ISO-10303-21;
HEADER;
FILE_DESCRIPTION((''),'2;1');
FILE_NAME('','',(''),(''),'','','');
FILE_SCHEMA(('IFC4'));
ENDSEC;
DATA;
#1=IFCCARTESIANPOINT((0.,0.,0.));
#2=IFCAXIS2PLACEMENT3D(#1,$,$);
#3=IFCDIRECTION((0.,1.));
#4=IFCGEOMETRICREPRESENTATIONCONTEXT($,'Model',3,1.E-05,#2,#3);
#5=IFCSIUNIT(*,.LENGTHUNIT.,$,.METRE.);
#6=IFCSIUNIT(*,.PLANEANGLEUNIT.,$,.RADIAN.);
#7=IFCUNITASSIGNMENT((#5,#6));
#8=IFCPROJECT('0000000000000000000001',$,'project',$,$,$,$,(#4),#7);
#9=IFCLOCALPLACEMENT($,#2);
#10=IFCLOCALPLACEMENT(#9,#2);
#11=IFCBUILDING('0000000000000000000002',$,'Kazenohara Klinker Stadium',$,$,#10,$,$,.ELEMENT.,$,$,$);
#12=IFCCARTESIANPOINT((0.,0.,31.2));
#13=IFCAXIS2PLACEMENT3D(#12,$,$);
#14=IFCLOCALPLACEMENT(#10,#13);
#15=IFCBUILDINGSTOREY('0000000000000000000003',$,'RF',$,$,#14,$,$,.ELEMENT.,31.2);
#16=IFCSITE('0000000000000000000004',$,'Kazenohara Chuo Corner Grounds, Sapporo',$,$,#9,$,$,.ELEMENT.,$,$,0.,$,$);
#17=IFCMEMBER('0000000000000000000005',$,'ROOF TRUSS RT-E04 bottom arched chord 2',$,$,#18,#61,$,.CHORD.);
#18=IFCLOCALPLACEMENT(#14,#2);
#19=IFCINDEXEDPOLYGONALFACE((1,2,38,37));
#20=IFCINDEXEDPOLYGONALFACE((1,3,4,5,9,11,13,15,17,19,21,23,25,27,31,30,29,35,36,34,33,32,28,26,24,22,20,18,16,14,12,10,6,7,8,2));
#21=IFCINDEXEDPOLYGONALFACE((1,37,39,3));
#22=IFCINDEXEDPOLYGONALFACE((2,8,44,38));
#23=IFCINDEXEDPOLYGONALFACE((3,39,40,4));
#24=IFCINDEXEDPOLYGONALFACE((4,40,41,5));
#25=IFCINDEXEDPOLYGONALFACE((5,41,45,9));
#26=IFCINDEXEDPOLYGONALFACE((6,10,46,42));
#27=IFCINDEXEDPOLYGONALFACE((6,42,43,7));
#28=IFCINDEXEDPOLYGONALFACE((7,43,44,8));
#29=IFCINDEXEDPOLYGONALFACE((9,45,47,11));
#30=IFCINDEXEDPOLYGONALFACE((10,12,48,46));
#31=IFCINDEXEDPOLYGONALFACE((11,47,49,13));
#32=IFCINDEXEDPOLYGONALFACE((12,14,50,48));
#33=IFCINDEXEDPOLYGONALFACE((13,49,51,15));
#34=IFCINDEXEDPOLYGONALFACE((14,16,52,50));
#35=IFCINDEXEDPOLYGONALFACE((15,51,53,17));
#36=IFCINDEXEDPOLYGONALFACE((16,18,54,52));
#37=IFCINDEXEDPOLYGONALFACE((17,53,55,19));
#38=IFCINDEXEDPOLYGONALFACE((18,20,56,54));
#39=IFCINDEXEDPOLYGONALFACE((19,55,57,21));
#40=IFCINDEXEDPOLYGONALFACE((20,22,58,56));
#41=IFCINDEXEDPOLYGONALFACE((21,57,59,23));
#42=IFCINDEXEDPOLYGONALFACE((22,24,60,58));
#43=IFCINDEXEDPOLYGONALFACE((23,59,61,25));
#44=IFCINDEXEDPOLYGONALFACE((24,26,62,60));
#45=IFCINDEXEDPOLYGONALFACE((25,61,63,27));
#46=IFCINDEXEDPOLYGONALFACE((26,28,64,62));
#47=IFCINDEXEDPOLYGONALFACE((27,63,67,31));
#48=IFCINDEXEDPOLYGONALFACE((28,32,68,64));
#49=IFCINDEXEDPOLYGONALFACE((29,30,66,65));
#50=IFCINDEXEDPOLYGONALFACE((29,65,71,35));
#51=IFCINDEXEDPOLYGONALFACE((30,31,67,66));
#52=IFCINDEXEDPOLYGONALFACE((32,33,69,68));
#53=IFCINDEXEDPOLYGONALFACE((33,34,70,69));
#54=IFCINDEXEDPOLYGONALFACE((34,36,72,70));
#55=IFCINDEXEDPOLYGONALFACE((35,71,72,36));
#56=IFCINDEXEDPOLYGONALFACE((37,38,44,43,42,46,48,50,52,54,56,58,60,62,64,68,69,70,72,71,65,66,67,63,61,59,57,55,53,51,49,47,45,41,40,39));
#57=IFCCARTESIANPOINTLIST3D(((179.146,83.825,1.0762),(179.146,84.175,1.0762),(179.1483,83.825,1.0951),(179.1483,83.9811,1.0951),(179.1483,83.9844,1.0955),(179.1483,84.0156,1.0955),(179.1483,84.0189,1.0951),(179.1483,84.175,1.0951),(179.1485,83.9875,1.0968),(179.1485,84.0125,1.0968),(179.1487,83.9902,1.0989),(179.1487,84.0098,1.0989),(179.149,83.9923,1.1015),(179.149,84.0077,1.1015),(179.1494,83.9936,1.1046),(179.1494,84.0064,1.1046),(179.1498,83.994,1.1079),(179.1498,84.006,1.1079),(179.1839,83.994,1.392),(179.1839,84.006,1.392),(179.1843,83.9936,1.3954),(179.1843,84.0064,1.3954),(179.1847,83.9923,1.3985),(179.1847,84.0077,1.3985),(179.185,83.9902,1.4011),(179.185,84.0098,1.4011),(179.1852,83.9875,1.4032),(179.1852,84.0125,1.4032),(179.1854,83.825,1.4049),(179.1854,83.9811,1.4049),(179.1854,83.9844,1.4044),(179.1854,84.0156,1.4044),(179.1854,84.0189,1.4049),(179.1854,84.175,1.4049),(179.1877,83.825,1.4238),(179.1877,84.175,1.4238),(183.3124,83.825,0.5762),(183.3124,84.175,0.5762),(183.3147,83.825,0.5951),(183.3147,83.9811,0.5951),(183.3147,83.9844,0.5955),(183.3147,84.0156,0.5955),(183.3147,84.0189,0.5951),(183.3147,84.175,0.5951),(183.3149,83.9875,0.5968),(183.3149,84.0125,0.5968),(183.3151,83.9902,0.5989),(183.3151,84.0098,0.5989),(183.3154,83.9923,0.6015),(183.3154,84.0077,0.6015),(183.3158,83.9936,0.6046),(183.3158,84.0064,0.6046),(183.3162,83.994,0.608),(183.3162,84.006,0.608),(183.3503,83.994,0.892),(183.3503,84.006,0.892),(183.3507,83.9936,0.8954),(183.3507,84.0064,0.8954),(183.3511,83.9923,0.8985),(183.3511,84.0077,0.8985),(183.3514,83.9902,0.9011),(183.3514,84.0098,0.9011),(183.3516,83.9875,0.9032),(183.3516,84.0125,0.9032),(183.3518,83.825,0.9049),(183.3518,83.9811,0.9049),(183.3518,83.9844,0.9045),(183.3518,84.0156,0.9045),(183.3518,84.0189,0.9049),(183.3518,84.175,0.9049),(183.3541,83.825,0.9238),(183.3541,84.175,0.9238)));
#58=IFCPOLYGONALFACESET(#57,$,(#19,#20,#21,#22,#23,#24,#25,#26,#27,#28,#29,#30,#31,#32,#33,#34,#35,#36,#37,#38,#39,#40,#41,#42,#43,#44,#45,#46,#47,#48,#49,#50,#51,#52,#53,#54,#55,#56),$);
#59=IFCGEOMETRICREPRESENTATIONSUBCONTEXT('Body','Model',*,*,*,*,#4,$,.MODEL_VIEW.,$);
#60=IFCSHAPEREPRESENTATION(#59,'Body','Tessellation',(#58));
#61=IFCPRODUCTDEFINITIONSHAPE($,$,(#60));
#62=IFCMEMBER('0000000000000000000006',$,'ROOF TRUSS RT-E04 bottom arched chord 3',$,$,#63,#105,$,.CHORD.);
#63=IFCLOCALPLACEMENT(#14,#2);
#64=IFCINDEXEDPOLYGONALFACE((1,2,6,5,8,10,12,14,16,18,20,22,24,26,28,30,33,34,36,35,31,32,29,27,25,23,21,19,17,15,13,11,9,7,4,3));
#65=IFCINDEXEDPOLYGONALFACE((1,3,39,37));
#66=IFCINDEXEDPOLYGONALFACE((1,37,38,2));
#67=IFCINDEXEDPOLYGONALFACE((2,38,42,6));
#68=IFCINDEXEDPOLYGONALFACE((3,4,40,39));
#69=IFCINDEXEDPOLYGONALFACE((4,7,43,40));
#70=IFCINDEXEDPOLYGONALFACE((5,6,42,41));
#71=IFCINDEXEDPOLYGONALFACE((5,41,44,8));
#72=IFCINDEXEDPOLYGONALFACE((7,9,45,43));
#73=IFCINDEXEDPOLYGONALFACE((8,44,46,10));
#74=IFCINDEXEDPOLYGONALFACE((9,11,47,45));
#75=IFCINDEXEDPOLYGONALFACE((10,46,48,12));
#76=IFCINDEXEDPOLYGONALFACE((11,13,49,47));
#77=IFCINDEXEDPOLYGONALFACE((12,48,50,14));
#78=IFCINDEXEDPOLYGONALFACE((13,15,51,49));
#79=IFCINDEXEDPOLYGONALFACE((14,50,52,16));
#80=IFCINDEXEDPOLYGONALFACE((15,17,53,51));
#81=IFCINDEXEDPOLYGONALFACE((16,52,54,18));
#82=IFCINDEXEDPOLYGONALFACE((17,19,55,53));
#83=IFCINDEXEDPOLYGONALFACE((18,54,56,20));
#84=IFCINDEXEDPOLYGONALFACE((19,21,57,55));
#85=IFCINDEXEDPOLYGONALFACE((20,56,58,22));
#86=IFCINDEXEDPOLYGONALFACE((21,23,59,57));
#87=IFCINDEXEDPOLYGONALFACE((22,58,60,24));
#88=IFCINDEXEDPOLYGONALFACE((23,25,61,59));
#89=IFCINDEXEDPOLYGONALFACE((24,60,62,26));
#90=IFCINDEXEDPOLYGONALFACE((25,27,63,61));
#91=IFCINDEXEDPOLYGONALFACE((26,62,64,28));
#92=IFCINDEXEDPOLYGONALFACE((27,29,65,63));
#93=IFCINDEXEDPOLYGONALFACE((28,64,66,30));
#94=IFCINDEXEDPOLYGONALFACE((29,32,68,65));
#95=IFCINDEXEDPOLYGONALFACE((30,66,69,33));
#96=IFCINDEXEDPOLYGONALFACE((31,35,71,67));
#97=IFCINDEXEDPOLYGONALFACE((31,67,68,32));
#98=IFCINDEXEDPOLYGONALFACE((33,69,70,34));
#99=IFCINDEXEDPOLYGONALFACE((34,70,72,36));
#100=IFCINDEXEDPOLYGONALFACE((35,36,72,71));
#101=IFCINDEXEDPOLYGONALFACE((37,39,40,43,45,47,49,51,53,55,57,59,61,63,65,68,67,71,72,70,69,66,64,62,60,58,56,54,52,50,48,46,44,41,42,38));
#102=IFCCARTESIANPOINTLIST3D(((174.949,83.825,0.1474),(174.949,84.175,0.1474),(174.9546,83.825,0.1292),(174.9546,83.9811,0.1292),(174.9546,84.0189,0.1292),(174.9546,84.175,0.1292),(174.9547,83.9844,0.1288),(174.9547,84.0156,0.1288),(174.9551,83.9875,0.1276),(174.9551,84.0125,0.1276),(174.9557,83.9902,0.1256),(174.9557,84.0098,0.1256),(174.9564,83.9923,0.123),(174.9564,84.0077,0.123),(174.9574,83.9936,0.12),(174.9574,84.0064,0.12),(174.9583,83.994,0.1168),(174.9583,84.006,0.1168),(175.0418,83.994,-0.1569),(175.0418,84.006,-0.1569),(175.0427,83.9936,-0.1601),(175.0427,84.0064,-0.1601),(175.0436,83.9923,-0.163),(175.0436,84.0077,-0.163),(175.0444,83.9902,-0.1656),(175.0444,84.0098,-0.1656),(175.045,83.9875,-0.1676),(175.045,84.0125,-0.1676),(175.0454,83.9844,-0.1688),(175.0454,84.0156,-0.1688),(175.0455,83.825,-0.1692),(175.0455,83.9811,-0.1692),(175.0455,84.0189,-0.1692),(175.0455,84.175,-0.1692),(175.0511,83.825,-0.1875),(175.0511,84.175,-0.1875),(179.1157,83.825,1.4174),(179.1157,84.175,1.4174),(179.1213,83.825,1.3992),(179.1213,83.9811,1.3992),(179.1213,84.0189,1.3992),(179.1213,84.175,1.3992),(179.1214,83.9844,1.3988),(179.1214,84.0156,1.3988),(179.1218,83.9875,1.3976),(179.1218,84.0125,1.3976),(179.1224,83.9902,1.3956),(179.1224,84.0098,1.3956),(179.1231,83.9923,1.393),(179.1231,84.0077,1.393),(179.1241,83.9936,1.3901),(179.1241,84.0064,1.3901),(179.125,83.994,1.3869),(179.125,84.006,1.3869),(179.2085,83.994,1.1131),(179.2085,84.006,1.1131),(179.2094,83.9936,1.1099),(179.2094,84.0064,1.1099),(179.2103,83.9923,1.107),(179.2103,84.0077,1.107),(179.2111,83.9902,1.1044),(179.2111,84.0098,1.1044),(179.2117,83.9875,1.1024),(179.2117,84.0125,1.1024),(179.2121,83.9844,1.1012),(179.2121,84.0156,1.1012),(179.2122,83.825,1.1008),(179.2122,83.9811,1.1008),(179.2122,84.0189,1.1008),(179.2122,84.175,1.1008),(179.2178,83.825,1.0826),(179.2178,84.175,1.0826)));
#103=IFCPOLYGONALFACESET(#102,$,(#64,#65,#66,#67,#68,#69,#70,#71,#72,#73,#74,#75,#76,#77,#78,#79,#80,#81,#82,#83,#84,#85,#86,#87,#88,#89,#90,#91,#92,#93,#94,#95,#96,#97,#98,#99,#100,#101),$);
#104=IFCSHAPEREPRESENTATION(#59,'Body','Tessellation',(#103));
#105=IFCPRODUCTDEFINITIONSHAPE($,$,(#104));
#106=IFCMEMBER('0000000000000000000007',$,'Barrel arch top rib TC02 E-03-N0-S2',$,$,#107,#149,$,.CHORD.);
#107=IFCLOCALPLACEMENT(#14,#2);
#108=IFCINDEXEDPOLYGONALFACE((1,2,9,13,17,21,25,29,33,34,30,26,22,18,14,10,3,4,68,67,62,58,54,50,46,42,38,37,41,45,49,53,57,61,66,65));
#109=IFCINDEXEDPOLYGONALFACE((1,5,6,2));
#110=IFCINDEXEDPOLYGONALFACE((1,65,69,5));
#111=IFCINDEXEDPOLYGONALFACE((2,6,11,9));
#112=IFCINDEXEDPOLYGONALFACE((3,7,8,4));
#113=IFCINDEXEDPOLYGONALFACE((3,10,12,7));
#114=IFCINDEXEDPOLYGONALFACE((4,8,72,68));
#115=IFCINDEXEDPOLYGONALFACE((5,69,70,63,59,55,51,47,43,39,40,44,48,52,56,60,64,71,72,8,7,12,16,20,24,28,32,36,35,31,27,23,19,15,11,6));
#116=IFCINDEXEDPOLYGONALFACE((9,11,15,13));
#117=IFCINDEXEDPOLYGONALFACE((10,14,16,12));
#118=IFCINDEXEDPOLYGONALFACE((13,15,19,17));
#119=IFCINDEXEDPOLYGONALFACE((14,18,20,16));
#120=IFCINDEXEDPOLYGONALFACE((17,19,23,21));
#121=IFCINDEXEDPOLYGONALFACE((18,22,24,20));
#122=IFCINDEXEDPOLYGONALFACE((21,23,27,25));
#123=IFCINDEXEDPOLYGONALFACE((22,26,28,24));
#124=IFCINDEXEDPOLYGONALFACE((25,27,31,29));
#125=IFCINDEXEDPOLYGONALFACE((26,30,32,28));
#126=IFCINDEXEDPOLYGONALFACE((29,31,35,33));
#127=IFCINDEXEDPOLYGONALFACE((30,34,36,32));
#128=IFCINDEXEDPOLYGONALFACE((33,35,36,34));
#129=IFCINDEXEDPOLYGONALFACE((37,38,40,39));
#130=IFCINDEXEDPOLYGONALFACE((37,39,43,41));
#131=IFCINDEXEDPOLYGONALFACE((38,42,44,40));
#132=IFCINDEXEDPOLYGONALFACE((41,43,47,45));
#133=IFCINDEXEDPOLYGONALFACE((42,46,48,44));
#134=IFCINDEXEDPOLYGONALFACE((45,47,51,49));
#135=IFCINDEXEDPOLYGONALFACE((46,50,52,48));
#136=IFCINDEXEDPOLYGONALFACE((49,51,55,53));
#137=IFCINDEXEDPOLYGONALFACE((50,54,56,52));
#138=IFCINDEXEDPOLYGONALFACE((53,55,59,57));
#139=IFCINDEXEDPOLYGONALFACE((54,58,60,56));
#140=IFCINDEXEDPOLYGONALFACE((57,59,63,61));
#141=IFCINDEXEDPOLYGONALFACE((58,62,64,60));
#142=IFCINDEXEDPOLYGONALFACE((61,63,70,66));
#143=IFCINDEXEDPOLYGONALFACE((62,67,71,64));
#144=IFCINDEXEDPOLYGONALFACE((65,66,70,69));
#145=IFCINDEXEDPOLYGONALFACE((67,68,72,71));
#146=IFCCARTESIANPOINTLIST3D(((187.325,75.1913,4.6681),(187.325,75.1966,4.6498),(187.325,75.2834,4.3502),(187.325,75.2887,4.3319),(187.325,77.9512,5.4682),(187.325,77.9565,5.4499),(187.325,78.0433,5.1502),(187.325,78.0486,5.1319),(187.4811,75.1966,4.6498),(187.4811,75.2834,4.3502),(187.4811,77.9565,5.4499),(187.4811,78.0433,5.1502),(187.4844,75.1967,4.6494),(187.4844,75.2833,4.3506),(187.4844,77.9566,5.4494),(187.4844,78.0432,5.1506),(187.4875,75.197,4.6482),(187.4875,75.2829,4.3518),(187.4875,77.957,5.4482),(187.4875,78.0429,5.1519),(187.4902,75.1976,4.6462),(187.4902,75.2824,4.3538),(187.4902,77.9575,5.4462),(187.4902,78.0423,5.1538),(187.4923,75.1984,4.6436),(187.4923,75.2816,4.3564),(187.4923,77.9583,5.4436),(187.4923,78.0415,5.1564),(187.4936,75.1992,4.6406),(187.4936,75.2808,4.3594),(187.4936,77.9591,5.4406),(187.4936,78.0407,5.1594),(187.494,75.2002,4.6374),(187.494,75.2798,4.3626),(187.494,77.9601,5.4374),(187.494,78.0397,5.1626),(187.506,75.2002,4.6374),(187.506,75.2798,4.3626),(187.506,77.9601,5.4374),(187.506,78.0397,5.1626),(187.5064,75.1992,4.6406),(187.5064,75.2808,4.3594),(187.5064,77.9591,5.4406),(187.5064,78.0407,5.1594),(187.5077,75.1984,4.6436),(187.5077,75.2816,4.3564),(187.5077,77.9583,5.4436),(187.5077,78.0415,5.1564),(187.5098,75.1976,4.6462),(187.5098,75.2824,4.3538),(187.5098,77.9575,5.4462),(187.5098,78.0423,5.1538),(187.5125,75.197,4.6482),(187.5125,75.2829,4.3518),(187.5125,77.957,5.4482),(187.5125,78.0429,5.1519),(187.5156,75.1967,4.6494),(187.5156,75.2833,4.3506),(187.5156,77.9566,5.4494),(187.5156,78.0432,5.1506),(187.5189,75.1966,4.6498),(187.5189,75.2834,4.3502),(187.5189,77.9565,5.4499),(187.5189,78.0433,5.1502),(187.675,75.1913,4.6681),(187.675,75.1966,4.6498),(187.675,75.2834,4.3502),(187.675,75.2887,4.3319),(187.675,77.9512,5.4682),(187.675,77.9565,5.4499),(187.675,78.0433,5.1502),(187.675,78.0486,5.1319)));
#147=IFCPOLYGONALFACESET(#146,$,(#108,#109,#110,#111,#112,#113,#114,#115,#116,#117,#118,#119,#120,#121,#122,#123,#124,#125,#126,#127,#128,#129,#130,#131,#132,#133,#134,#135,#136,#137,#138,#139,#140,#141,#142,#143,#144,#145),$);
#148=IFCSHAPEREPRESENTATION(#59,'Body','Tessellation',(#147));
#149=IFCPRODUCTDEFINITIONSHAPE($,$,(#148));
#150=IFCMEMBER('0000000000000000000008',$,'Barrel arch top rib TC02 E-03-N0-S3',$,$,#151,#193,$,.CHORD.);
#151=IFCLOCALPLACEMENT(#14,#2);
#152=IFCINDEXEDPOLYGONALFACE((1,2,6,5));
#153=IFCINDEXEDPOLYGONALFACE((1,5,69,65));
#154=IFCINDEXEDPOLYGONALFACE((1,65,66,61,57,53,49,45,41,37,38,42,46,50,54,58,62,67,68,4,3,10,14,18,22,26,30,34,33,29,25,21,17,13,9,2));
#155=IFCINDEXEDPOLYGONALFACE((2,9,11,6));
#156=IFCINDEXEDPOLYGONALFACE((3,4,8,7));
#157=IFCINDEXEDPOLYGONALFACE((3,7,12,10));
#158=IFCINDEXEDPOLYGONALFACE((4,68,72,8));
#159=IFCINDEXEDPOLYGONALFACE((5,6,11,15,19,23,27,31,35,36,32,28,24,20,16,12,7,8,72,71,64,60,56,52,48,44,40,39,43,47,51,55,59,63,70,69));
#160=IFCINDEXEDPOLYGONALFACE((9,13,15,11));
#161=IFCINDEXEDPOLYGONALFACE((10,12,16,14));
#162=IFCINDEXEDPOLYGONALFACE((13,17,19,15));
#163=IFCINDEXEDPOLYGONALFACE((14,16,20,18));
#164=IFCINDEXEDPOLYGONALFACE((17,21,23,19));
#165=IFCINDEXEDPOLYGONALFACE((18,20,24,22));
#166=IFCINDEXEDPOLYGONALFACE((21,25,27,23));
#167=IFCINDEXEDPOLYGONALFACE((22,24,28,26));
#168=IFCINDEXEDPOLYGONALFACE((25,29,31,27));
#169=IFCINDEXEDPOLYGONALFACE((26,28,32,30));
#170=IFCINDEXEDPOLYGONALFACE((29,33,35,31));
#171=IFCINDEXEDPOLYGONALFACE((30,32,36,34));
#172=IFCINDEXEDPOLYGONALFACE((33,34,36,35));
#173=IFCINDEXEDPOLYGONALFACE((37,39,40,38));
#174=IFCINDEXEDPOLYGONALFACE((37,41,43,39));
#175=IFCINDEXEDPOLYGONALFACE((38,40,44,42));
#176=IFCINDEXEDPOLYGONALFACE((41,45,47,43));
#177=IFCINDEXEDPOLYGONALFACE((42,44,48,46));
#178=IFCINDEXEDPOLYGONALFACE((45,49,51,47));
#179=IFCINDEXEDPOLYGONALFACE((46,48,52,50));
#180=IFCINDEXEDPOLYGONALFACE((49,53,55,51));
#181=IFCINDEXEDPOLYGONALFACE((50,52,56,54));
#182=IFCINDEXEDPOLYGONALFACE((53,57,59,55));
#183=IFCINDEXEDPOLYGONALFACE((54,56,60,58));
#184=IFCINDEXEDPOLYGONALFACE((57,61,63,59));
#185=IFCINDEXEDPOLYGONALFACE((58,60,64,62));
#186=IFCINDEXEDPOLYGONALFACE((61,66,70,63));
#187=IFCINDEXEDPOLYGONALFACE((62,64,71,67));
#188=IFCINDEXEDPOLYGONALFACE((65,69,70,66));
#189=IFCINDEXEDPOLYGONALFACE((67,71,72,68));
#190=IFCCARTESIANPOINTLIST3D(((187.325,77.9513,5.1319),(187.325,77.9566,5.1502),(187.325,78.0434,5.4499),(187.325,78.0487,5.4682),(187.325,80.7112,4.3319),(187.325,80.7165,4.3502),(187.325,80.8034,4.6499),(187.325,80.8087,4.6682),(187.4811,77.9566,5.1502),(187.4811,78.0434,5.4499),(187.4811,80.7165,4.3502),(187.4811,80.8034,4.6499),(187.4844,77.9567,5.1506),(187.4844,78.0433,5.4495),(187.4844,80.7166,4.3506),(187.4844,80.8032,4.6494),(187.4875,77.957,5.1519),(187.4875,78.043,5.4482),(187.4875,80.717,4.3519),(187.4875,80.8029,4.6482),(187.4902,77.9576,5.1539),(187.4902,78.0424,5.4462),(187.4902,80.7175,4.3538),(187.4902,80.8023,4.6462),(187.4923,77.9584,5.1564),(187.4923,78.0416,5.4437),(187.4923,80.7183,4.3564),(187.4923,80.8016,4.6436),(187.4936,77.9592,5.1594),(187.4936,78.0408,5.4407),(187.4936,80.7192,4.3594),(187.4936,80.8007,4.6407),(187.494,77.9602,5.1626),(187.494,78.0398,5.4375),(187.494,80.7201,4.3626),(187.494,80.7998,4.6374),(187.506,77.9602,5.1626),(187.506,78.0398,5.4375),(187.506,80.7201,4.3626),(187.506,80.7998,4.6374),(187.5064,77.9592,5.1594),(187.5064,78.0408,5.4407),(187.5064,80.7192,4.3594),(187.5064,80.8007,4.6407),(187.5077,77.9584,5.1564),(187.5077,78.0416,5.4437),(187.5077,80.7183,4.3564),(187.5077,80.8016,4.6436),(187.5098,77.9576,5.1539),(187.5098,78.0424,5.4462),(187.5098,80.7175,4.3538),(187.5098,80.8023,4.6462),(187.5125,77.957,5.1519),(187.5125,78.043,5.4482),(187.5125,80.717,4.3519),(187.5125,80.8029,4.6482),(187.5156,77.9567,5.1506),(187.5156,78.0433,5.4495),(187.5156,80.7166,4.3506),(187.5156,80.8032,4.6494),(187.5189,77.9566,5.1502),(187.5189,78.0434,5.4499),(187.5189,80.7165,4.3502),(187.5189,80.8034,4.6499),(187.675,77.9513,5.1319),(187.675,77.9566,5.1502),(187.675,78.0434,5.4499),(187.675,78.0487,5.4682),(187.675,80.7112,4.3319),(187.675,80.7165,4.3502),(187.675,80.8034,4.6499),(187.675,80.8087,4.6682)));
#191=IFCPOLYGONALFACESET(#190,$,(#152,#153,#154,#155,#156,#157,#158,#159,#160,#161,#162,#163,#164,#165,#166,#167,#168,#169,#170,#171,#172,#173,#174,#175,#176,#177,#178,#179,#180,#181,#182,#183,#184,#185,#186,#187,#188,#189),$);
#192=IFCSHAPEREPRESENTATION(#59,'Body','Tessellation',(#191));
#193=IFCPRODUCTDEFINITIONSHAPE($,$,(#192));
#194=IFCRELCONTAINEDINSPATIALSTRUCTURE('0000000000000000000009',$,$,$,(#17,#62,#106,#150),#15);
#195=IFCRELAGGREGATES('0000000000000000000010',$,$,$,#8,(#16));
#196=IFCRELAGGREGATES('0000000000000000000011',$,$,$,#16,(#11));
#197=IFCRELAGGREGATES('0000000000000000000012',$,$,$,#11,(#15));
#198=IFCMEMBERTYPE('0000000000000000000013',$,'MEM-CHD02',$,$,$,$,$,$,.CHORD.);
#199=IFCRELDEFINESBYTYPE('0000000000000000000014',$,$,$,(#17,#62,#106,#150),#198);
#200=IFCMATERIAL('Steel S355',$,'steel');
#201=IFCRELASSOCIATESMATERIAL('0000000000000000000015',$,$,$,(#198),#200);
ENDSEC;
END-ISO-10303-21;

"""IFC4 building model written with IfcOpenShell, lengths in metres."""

from ifc_helpers import new_model, si_unit, direction, frame, origin, origin_2d, place, context, subcontext, project, spatial, i_section, extrude, material, material_profile, profile_set, type_object, element, save


model = new_model("IFC4")

# Units and contexts
model_context = context("Model", 3, precision=1e-05, world=origin(), true_north=direction((0.0, 1.0)))
body_context = subcontext(model_context, "Body", "Model", "MODEL_VIEW")
ifc_project = project(units=[si_unit("LENGTHUNIT", "METRE"), si_unit("PLANEANGLEUNIT", "RADIAN")], contexts=[model_context])

# Site, building, storey
site_placement = place(None, origin())
site = spatial("IfcSite", under=ifc_project, at=site_placement, Name="Kazenohara Chuo Corner Grounds, Sapporo", CompositionType="ELEMENT", RefElevation=0.0)
building_placement = place(site_placement, origin())
building = spatial("IfcBuilding", under=site, at=building_placement, Name="Kazenohara Klinker Stadium", CompositionType="ELEMENT")
storey_placement = place(building_placement, frame((0.0, 0.0, 31.2)))
storey = spatial("IfcBuildingStorey", under=building, at=storey_placement, Name="RF", CompositionType="ELEMENT", Elevation=31.2)

# Members
ifc_material_1 = material(Name="Steel S355", Category="steel")
ifc_material_profile_1 = material_profile(ifc_material_1, i_section(OverallWidth=0.3501, OverallDepth=0.3501, WebThickness=0.012, FlangeThickness=0.019, FilletRadius=0.0129, at=origin_2d()), Name="H-350x350x12x19")
ifc_profile_set_1 = profile_set([ifc_material_profile_1], Name="Steel S355")
member_type_1 = type_object("IfcMemberType", Name="MEM-CHD02", PredefinedType="CHORD", material=ifc_profile_set_1)
member_1_placement = place(storey_placement, frame((183.3333, 84.0, 0.75), z_axis=(-0.992876, 0.0, 0.11915), x_axis=(0.0, -1.0, 0.0)))
element("IfcMember", 1, at=member_1_placement, inside=storey, type_object=member_type_1, Name="ROOF TRUSS RT-E04 bottom arched chord 2", PredefinedType="CHORD", context=body_context, shape_type="SweptSolid", body=[
    extrude(i_section(OverallWidth=0.3501, OverallDepth=0.3501, WebThickness=0.012, FlangeThickness=0.019, FilletRadius=0.0129, at=origin_2d()), origin(), (0.0, 0.0, 1.0), 4.1963),
])
member_2_placement = place(storey_placement, frame((179.1667, 84.0, 1.25), z_axis=(-0.956554, 0.0, -0.291556), x_axis=(0.0, -1.0, 0.0)))
element("IfcMember", 2, at=member_2_placement, inside=storey, type_object=member_type_1, Name="ROOF TRUSS RT-E04 bottom arched chord 3", PredefinedType="CHORD", context=body_context, shape_type="SweptSolid", body=[
    extrude(i_section(OverallWidth=0.3501, OverallDepth=0.3501, WebThickness=0.012, FlangeThickness=0.019, FilletRadius=0.0129, at=origin_2d()), origin(), (0.0, 0.0, 1.0), 4.356),
])
for number, where, z_axis, x_axis, name in (
    (3, (187.5, 75.24, 4.5), (0.0, 0.960462, 0.278411), (-1.0, 0.0, 0.0), "Barrel arch top rib TC02 E-03-N0-S2"),
    (4, (187.5, 78.0, 5.3), (0.0, 0.960462, -0.278411), (-1.0, 0.0, 0.0), "Barrel arch top rib TC02 E-03-N0-S3"),
):
    element("IfcMember", number, at=place(storey_placement, frame(where, z_axis=z_axis, x_axis=x_axis)), inside=storey, type_object=member_type_1, Name=name, PredefinedType="CHORD", context=body_context, shape_type="SweptSolid", body=[
        extrude(i_section(OverallWidth=0.3501, OverallDepth=0.3501, WebThickness=0.012, FlangeThickness=0.019, FilletRadius=0.0129, at=origin_2d()), origin(), (0.0, 0.0, 1.0), 2.8735),
    ])

save(model, "model.ifc")
